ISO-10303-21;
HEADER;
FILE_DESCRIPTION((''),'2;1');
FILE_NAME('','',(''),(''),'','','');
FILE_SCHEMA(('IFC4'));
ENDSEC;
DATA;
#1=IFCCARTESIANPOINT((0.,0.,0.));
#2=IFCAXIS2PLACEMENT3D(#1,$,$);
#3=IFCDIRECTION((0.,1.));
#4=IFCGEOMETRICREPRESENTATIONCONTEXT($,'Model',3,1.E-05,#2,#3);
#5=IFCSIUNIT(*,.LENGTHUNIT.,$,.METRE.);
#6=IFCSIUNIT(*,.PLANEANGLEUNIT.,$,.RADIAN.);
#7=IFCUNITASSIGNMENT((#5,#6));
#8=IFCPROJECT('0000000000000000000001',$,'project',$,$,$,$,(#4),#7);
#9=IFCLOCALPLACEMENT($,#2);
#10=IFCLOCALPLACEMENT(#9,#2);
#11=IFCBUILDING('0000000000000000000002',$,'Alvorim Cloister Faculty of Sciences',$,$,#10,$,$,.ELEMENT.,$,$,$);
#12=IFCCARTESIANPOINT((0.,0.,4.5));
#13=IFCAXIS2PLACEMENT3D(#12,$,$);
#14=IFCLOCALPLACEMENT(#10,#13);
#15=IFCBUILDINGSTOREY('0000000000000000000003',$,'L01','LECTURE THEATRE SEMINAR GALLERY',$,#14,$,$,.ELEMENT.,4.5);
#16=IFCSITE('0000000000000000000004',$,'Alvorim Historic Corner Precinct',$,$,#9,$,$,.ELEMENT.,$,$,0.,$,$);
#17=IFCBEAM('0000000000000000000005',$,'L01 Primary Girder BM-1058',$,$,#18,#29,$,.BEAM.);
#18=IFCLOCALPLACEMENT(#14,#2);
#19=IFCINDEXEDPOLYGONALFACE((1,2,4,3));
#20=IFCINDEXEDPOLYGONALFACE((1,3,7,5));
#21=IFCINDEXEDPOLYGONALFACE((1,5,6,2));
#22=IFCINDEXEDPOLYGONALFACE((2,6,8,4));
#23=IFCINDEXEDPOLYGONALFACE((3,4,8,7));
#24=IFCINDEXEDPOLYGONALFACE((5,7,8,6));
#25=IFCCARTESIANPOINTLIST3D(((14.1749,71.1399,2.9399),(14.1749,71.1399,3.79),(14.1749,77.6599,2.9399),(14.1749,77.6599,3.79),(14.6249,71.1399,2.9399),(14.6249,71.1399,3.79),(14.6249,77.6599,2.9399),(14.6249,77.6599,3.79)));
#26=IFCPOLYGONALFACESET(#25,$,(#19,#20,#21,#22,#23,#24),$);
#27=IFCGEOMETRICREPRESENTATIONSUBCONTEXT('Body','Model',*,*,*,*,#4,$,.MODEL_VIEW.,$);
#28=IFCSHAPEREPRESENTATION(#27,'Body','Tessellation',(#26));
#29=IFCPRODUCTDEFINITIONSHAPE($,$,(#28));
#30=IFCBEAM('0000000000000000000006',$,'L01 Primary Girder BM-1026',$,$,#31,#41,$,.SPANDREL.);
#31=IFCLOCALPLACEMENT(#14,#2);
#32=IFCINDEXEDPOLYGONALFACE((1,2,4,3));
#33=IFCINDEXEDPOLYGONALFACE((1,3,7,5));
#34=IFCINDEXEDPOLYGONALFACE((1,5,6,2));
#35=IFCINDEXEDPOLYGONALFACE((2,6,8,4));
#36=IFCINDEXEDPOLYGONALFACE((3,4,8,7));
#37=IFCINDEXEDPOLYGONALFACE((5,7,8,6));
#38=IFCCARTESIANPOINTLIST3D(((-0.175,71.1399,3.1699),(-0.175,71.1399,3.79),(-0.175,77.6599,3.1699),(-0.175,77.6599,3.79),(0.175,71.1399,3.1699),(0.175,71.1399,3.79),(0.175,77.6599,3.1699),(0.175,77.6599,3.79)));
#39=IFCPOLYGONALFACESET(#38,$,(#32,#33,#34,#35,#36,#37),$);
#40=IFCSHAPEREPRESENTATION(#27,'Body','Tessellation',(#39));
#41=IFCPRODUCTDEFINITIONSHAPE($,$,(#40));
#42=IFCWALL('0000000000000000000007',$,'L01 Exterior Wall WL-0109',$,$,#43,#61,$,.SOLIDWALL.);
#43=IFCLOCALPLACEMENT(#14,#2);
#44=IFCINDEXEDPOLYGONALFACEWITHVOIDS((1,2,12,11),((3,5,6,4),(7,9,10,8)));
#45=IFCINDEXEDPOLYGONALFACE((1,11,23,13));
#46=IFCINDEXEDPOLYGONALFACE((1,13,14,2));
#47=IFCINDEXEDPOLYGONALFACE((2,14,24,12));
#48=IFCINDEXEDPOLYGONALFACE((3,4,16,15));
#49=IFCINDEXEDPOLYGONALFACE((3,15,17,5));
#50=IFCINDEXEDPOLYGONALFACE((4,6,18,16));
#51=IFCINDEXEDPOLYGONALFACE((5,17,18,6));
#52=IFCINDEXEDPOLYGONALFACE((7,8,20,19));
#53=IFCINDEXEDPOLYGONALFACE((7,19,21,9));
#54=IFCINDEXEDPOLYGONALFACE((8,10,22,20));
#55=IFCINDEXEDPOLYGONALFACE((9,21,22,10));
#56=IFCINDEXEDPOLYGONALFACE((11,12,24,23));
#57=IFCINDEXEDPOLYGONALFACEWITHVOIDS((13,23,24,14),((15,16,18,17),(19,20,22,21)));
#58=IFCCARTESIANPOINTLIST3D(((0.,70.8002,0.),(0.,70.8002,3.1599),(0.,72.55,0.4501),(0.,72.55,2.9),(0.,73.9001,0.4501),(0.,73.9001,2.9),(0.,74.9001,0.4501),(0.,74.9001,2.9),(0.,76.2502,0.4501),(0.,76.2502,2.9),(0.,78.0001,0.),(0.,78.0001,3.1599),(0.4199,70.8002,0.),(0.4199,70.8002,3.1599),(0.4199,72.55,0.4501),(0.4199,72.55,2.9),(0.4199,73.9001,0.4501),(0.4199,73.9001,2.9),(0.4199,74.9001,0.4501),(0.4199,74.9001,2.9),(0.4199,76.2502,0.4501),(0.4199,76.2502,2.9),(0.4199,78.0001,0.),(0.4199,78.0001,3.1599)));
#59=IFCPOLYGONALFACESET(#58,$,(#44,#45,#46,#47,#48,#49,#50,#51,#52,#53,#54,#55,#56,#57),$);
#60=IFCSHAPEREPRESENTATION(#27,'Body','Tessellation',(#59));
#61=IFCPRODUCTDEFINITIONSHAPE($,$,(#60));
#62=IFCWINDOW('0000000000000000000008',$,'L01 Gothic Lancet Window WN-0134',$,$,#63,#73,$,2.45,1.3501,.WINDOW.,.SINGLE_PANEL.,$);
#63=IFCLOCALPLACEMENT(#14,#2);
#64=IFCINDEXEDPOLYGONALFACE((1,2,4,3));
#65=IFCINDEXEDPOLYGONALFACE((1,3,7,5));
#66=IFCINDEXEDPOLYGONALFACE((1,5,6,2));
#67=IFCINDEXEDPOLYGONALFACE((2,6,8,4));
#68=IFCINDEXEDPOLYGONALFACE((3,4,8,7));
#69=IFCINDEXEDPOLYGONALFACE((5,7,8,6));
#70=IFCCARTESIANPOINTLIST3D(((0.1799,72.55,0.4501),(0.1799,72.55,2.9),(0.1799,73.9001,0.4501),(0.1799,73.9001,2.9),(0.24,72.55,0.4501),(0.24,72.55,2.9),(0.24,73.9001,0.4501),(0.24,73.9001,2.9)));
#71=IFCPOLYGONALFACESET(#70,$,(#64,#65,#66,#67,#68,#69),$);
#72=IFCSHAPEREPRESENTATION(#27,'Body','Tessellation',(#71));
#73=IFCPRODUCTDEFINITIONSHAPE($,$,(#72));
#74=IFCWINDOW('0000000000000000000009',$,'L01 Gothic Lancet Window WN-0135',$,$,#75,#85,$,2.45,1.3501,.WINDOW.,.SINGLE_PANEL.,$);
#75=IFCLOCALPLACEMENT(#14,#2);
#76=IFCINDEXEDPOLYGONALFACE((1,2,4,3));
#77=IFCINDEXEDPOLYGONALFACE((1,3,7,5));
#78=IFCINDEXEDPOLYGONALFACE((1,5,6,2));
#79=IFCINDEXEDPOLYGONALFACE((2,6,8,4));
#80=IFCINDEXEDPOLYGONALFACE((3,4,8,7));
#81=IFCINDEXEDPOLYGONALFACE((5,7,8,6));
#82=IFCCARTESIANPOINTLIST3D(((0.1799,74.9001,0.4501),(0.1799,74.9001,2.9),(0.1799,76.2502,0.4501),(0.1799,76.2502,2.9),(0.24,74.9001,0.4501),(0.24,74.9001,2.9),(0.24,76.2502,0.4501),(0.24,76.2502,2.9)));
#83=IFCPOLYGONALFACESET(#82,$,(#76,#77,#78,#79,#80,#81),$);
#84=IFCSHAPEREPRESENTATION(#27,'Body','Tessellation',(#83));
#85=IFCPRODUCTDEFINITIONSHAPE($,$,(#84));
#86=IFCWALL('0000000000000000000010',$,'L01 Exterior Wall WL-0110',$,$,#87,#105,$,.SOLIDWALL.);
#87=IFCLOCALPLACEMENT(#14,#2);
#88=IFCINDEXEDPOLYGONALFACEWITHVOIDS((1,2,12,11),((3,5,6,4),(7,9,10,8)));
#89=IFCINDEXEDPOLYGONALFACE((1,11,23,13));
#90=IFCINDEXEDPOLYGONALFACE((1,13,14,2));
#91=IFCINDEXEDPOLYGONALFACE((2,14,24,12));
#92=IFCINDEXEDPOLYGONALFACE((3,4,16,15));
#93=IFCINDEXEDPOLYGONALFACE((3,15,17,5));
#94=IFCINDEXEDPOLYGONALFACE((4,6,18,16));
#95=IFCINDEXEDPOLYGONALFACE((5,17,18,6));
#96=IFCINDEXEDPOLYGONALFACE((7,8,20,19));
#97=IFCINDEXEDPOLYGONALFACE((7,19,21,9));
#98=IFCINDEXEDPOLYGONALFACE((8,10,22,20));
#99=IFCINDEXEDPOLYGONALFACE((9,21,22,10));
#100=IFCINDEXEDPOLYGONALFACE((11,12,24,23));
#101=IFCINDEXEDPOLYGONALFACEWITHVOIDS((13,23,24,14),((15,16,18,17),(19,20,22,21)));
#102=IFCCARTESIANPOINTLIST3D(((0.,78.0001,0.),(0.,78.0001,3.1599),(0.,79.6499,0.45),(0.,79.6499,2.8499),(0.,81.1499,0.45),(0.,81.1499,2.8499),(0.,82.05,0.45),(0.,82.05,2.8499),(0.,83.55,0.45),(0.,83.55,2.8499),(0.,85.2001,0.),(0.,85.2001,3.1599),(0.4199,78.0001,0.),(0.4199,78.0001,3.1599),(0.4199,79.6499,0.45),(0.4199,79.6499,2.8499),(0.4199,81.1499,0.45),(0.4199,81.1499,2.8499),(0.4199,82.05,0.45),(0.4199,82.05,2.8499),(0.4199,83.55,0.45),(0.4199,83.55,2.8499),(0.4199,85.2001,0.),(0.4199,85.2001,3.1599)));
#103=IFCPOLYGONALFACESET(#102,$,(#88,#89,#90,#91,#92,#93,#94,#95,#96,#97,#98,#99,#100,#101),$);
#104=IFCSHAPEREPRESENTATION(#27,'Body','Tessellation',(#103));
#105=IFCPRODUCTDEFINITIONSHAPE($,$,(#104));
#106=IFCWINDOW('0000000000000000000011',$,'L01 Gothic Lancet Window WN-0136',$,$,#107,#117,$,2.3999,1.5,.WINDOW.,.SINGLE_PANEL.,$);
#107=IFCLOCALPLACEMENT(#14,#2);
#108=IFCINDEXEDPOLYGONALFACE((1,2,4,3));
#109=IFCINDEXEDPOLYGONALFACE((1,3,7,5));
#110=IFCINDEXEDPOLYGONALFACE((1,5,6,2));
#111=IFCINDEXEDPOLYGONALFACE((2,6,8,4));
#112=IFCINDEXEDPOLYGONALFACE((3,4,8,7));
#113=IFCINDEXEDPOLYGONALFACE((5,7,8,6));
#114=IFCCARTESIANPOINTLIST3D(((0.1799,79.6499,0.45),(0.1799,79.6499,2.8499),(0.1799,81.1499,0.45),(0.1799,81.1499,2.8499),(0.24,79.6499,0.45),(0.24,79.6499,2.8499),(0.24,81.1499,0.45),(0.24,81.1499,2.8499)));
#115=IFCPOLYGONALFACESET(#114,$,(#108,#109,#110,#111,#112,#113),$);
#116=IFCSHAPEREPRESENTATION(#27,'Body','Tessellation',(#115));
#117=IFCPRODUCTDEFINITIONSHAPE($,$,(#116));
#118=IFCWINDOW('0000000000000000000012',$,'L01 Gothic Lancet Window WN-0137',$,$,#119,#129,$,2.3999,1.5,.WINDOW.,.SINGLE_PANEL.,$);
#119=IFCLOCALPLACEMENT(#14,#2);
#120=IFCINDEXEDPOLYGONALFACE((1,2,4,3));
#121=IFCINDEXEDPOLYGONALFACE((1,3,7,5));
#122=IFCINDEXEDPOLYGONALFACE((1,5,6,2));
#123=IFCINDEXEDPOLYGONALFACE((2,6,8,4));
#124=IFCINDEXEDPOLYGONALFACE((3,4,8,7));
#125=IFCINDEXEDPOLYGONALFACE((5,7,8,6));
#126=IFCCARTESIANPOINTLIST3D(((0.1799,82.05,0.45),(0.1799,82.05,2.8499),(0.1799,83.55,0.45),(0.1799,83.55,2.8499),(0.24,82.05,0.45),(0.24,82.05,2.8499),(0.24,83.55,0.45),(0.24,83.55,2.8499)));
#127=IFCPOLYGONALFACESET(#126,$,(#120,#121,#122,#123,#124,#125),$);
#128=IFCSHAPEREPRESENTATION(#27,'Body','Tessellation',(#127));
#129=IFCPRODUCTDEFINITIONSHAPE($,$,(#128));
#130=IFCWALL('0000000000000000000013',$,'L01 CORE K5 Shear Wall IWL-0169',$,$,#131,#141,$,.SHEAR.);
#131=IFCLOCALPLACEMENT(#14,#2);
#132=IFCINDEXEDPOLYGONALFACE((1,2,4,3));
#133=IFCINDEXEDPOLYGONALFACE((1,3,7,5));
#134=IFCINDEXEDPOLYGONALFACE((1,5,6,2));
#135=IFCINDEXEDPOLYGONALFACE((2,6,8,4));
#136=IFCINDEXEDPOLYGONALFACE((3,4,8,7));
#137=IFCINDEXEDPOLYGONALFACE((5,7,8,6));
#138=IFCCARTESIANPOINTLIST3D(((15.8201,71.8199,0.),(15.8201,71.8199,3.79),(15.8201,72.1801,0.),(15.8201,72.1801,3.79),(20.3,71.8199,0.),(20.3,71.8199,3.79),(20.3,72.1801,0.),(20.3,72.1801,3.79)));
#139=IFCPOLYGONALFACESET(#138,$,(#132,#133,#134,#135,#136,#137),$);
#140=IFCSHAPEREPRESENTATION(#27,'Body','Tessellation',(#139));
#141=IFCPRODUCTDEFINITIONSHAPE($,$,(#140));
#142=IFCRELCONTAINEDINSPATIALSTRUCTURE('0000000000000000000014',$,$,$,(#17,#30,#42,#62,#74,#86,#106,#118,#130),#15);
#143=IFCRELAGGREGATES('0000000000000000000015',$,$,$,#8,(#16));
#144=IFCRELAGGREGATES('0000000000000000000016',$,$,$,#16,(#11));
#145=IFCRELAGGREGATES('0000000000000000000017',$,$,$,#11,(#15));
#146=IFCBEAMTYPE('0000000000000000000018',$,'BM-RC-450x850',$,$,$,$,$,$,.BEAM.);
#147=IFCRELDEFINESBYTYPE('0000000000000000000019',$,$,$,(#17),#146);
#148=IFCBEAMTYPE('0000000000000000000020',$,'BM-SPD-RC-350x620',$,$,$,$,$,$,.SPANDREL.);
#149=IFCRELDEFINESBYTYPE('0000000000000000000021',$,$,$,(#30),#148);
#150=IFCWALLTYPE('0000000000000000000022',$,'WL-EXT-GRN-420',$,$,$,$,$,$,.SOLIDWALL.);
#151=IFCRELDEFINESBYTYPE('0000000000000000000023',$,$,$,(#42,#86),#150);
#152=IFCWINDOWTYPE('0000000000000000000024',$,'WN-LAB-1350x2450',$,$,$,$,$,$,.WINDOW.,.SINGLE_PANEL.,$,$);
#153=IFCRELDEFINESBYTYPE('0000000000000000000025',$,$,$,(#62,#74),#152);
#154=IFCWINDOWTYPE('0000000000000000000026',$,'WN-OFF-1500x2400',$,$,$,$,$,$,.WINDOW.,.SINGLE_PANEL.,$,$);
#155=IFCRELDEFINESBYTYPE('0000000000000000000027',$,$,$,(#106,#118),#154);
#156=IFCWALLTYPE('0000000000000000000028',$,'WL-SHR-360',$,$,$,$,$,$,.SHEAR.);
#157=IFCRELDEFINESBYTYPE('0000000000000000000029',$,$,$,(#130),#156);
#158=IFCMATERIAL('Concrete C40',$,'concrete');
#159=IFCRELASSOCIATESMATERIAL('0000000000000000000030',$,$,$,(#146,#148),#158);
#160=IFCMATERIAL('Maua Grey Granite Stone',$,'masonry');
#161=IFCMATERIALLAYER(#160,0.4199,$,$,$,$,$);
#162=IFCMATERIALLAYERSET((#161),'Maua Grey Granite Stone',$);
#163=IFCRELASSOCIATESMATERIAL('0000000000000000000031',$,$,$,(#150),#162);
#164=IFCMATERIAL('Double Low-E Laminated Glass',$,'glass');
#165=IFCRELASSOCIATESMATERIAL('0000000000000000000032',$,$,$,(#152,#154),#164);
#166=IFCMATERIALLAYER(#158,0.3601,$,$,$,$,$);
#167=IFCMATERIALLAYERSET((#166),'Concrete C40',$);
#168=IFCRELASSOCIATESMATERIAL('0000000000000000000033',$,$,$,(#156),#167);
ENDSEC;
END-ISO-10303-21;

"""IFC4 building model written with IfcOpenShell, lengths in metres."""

from ifc_helpers import new_model, si_unit, direction, frame, frame_2d, origin, origin_2d, place, context, subcontext, project, spatial, rectangle, extrude, material, layer, layer_set, material_profile, profile_set, type_object, element, fill, save


model = new_model("IFC4")

# Units and contexts
model_context = context("Model", 3, precision=1e-05, world=origin(), true_north=direction((0.0, 1.0)))
body_context = subcontext(model_context, "Body", "Model", "MODEL_VIEW")
ifc_project = project(units=[si_unit("LENGTHUNIT", "METRE"), si_unit("PLANEANGLEUNIT", "RADIAN")], contexts=[model_context])

# Site, building, storey
site_placement = place(None, origin())
site = spatial("IfcSite", under=ifc_project, at=site_placement, Name="Alvorim Historic Corner Precinct", CompositionType="ELEMENT", RefElevation=0.0)
building_placement = place(site_placement, origin())
building = spatial("IfcBuilding", under=site, at=building_placement, Name="Alvorim Cloister Faculty of Sciences", CompositionType="ELEMENT")
storey_placement = place(building_placement, frame((0.0, 0.0, 4.5)))
storey = spatial("IfcBuildingStorey", under=building, at=storey_placement, Name="L01", Description="LECTURE THEATRE SEMINAR GALLERY", CompositionType="ELEMENT", Elevation=4.5)

# Shared definitions
ifc_material_1 = material(Name="Concrete C40", Category="concrete")

# Beams
ifc_material_profile_1 = material_profile(ifc_material_1, rectangle(XDim=0.45, YDim=0.8501, at=origin_2d()), Name="RC40-BM-450x850")
ifc_profile_set_1 = profile_set([ifc_material_profile_1], Name="Concrete C40")
beam_type_1 = type_object("IfcBeamType", Name="BM-RC-450x850", PredefinedType="BEAM", material=ifc_profile_set_1)
for number, where, z_axis, x_axis, name in (
    (1, (14.3999, 71.1399, 3.365), (0.0, 1.0, 0.0), (-1.0, 0.0, 0.0), "L01 Primary Girder BM-1058"),
):
    element("IfcBeam", number, at=place(storey_placement, frame(where, z_axis=z_axis, x_axis=x_axis)), inside=storey, type_object=beam_type_1, Name=name, PredefinedType="BEAM", context=body_context, shape_type="SweptSolid", body=[
        extrude(rectangle(XDim=0.45, YDim=0.8501, at=origin_2d()), origin(), (0.0, 0.0, 1.0), 6.52),
    ])
ifc_material_profile_2 = material_profile(ifc_material_1, rectangle(XDim=0.3501, YDim=0.6201, at=origin_2d()), Name="RC40-SPD-350x620")
ifc_profile_set_2 = profile_set([ifc_material_profile_2], Name="Concrete C40")
beam_type_2 = type_object("IfcBeamType", Name="BM-SPD-RC-350x620", PredefinedType="SPANDREL", material=ifc_profile_set_2)
beam_1_placement = place(storey_placement, frame((0.0, 71.1399, 3.48), z_axis=(0.0, 1.0, 0.0), x_axis=(-1.0, 0.0, 0.0)))
element("IfcBeam", 2, at=beam_1_placement, inside=storey, type_object=beam_type_2, Name="L01 Primary Girder BM-1026", PredefinedType="SPANDREL", context=body_context, shape_type="SweptSolid", body=[
    extrude(rectangle(XDim=0.3501, YDim=0.6201, at=origin_2d()), origin(), (0.0, 0.0, 1.0), 6.52),
])

# Walls, openings, windows
ifc_material_2 = material(Name="Maua Grey Granite Stone", Category="masonry")
ifc_layer_1 = layer(ifc_material_2, 0.4199)
ifc_layer_set_1 = layer_set([ifc_layer_1], Name="Maua Grey Granite Stone")
wall_type_1 = type_object("IfcWallType", Name="WL-EXT-GRN-420", PredefinedType="SOLIDWALL", material=ifc_layer_set_1)
wall_1_placement = place(storey_placement, frame((0.21, 70.8, 0.0), z_axis=(0.0, 0.0, 1.0), x_axis=(0.0, 1.0, 0.0)))
wall_1 = element("IfcWall", 3, at=wall_1_placement, inside=storey, type_object=wall_type_1, Name="L01 Exterior Wall WL-0109", PredefinedType="SOLIDWALL", context=body_context, shape_type="SweptSolid", body=[
    extrude(rectangle(XDim=7.2, YDim=0.4199, at=frame_2d((3.6001, 0.0))), origin(), (0.0, 0.0, 1.0), 3.1599),
])
opening_1_placement = place(wall_1_placement, frame((1.75, 0.0, 0.45)))
opening_1 = element("IfcOpeningElement", 4, at=opening_1_placement, cuts=wall_1, PredefinedType="OPENING", context=body_context, shape_type="SweptSolid", body=[
    extrude(rectangle(XDim=1.3501, YDim=2.45, at=frame_2d((0.675, 1.2251))), frame((0.0, 0.2219, 0.0), z_axis=(0.0, -1.0, 0.0), x_axis=(1.0, 0.0, 0.0)), (0.0, 0.0, 1.0), 0.4438),
])
opening_2_placement = place(wall_1_placement, frame((4.1001, 0.0, 0.45)))
opening_2 = element("IfcOpeningElement", 5, at=opening_2_placement, cuts=wall_1, PredefinedType="OPENING", context=body_context, shape_type="SweptSolid", body=[
    extrude(rectangle(XDim=1.3501, YDim=2.45, at=frame_2d((0.675, 1.2251))), frame((0.0, 0.2219, 0.0), z_axis=(0.0, -1.0, 0.0), x_axis=(1.0, 0.0, 0.0)), (0.0, 0.0, 1.0), 0.4438),
])
ifc_material_3 = material(Name="Double Low-E Laminated Glass", Category="glass")
window_type_1 = type_object("IfcWindowType", Name="WN-LAB-1350x2450", PartitioningType="SINGLE_PANEL", PredefinedType="WINDOW", material=ifc_material_3)
window_1_placement = place(opening_1_placement, origin())
window_1 = element("IfcWindow", 6, at=window_1_placement, inside=storey, type_object=window_type_1, Name="L01 Gothic Lancet Window WN-0134", OverallHeight=2.45, OverallWidth=1.3501, PartitioningType="SINGLE_PANEL", PredefinedType="WINDOW", context=body_context, shape_type="SweptSolid", body=[
    extrude(rectangle(XDim=1.3501, YDim=2.45, at=frame_2d((0.675, 1.2251))), frame((0.0, 0.03, 0.0), z_axis=(0.0, -1.0, 0.0), x_axis=(1.0, 0.0, 0.0)), (0.0, 0.0, 1.0), 0.0601),
])
fill(opening_1, window_1)
window_2_placement = place(opening_2_placement, origin())
window_2 = element("IfcWindow", 7, at=window_2_placement, inside=storey, type_object=window_type_1, Name="L01 Gothic Lancet Window WN-0135", OverallHeight=2.45, OverallWidth=1.3501, PartitioningType="SINGLE_PANEL", PredefinedType="WINDOW", context=body_context, shape_type="SweptSolid", body=[
    extrude(rectangle(XDim=1.3501, YDim=2.45, at=frame_2d((0.675, 1.2251))), frame((0.0, 0.03, 0.0), z_axis=(0.0, -1.0, 0.0), x_axis=(1.0, 0.0, 0.0)), (0.0, 0.0, 1.0), 0.0601),
])
fill(opening_2, window_2)
wall_2_placement = place(storey_placement, frame((0.21, 78.0, 0.0), z_axis=(0.0, 0.0, 1.0), x_axis=(0.0, 1.0, 0.0)))
wall_2 = element("IfcWall", 8, at=wall_2_placement, inside=storey, type_object=wall_type_1, Name="L01 Exterior Wall WL-0110", PredefinedType="SOLIDWALL", context=body_context, shape_type="SweptSolid", body=[
    extrude(rectangle(XDim=7.2, YDim=0.4199, at=frame_2d((3.6001, 0.0))), origin(), (0.0, 0.0, 1.0), 3.1599),
])
opening_3_placement = place(wall_2_placement, frame((1.6499, 0.0, 0.45)))
opening_3 = element("IfcOpeningElement", 9, at=opening_3_placement, cuts=wall_2, PredefinedType="OPENING", context=body_context, shape_type="SweptSolid", body=[
    extrude(rectangle(XDim=1.5, YDim=2.3999, at=frame_2d((0.75, 1.2))), frame((0.0, 0.2219, 0.0), z_axis=(0.0, -1.0, 0.0), x_axis=(1.0, 0.0, 0.0)), (0.0, 0.0, 1.0), 0.4438),
])
opening_4_placement = place(wall_2_placement, frame((4.05, 0.0, 0.45)))
opening_4 = element("IfcOpeningElement", 10, at=opening_4_placement, cuts=wall_2, PredefinedType="OPENING", context=body_context, shape_type="SweptSolid", body=[
    extrude(rectangle(XDim=1.5, YDim=2.3999, at=frame_2d((0.75, 1.2))), frame((0.0, 0.2219, 0.0), z_axis=(0.0, -1.0, 0.0), x_axis=(1.0, 0.0, 0.0)), (0.0, 0.0, 1.0), 0.4438),
])
window_type_2 = type_object("IfcWindowType", Name="WN-OFF-1500x2400", PartitioningType="SINGLE_PANEL", PredefinedType="WINDOW", material=ifc_material_3)
window_3_placement = place(opening_3_placement, origin())
window_3 = element("IfcWindow", 11, at=window_3_placement, inside=storey, type_object=window_type_2, Name="L01 Gothic Lancet Window WN-0136", OverallHeight=2.3999, OverallWidth=1.5, PartitioningType="SINGLE_PANEL", PredefinedType="WINDOW", context=body_context, shape_type="SweptSolid", body=[
    extrude(rectangle(XDim=1.5, YDim=2.3999, at=frame_2d((0.75, 1.2))), frame((0.0, 0.03, 0.0), z_axis=(0.0, -1.0, 0.0), x_axis=(1.0, 0.0, 0.0)), (0.0, 0.0, 1.0), 0.0601),
])
fill(opening_3, window_3)
window_4_placement = place(opening_4_placement, origin())
window_4 = element("IfcWindow", 12, at=window_4_placement, inside=storey, type_object=window_type_2, Name="L01 Gothic Lancet Window WN-0137", OverallHeight=2.3999, OverallWidth=1.5, PartitioningType="SINGLE_PANEL", PredefinedType="WINDOW", context=body_context, shape_type="SweptSolid", body=[
    extrude(rectangle(XDim=1.5, YDim=2.3999, at=frame_2d((0.75, 1.2))), frame((0.0, 0.03, 0.0), z_axis=(0.0, -1.0, 0.0), x_axis=(1.0, 0.0, 0.0)), (0.0, 0.0, 1.0), 0.0601),
])
fill(opening_4, window_4)

# Wall
ifc_layer_2 = layer(ifc_material_1, 0.3601)
ifc_layer_set_2 = layer_set([ifc_layer_2], Name="Concrete C40")
wall_type_2 = type_object("IfcWallType", Name="WL-SHR-360", PredefinedType="SHEAR", material=ifc_layer_set_2)
wall_3_placement = place(storey_placement, frame((15.8201, 72.0, 0.0), z_axis=(0.0, 0.0, 1.0), x_axis=(1.0, 0.0, 0.0)))
element("IfcWall", 13, at=wall_3_placement, inside=storey, type_object=wall_type_2, Name="L01 CORE K5 Shear Wall IWL-0169", PredefinedType="SHEAR", context=body_context, shape_type="SweptSolid", body=[
    extrude(rectangle(XDim=4.48, YDim=0.3601, at=frame_2d((2.24, 0.0))), origin(), (0.0, 0.0, 1.0), 3.79),
])

save(model, "model.ifc")
